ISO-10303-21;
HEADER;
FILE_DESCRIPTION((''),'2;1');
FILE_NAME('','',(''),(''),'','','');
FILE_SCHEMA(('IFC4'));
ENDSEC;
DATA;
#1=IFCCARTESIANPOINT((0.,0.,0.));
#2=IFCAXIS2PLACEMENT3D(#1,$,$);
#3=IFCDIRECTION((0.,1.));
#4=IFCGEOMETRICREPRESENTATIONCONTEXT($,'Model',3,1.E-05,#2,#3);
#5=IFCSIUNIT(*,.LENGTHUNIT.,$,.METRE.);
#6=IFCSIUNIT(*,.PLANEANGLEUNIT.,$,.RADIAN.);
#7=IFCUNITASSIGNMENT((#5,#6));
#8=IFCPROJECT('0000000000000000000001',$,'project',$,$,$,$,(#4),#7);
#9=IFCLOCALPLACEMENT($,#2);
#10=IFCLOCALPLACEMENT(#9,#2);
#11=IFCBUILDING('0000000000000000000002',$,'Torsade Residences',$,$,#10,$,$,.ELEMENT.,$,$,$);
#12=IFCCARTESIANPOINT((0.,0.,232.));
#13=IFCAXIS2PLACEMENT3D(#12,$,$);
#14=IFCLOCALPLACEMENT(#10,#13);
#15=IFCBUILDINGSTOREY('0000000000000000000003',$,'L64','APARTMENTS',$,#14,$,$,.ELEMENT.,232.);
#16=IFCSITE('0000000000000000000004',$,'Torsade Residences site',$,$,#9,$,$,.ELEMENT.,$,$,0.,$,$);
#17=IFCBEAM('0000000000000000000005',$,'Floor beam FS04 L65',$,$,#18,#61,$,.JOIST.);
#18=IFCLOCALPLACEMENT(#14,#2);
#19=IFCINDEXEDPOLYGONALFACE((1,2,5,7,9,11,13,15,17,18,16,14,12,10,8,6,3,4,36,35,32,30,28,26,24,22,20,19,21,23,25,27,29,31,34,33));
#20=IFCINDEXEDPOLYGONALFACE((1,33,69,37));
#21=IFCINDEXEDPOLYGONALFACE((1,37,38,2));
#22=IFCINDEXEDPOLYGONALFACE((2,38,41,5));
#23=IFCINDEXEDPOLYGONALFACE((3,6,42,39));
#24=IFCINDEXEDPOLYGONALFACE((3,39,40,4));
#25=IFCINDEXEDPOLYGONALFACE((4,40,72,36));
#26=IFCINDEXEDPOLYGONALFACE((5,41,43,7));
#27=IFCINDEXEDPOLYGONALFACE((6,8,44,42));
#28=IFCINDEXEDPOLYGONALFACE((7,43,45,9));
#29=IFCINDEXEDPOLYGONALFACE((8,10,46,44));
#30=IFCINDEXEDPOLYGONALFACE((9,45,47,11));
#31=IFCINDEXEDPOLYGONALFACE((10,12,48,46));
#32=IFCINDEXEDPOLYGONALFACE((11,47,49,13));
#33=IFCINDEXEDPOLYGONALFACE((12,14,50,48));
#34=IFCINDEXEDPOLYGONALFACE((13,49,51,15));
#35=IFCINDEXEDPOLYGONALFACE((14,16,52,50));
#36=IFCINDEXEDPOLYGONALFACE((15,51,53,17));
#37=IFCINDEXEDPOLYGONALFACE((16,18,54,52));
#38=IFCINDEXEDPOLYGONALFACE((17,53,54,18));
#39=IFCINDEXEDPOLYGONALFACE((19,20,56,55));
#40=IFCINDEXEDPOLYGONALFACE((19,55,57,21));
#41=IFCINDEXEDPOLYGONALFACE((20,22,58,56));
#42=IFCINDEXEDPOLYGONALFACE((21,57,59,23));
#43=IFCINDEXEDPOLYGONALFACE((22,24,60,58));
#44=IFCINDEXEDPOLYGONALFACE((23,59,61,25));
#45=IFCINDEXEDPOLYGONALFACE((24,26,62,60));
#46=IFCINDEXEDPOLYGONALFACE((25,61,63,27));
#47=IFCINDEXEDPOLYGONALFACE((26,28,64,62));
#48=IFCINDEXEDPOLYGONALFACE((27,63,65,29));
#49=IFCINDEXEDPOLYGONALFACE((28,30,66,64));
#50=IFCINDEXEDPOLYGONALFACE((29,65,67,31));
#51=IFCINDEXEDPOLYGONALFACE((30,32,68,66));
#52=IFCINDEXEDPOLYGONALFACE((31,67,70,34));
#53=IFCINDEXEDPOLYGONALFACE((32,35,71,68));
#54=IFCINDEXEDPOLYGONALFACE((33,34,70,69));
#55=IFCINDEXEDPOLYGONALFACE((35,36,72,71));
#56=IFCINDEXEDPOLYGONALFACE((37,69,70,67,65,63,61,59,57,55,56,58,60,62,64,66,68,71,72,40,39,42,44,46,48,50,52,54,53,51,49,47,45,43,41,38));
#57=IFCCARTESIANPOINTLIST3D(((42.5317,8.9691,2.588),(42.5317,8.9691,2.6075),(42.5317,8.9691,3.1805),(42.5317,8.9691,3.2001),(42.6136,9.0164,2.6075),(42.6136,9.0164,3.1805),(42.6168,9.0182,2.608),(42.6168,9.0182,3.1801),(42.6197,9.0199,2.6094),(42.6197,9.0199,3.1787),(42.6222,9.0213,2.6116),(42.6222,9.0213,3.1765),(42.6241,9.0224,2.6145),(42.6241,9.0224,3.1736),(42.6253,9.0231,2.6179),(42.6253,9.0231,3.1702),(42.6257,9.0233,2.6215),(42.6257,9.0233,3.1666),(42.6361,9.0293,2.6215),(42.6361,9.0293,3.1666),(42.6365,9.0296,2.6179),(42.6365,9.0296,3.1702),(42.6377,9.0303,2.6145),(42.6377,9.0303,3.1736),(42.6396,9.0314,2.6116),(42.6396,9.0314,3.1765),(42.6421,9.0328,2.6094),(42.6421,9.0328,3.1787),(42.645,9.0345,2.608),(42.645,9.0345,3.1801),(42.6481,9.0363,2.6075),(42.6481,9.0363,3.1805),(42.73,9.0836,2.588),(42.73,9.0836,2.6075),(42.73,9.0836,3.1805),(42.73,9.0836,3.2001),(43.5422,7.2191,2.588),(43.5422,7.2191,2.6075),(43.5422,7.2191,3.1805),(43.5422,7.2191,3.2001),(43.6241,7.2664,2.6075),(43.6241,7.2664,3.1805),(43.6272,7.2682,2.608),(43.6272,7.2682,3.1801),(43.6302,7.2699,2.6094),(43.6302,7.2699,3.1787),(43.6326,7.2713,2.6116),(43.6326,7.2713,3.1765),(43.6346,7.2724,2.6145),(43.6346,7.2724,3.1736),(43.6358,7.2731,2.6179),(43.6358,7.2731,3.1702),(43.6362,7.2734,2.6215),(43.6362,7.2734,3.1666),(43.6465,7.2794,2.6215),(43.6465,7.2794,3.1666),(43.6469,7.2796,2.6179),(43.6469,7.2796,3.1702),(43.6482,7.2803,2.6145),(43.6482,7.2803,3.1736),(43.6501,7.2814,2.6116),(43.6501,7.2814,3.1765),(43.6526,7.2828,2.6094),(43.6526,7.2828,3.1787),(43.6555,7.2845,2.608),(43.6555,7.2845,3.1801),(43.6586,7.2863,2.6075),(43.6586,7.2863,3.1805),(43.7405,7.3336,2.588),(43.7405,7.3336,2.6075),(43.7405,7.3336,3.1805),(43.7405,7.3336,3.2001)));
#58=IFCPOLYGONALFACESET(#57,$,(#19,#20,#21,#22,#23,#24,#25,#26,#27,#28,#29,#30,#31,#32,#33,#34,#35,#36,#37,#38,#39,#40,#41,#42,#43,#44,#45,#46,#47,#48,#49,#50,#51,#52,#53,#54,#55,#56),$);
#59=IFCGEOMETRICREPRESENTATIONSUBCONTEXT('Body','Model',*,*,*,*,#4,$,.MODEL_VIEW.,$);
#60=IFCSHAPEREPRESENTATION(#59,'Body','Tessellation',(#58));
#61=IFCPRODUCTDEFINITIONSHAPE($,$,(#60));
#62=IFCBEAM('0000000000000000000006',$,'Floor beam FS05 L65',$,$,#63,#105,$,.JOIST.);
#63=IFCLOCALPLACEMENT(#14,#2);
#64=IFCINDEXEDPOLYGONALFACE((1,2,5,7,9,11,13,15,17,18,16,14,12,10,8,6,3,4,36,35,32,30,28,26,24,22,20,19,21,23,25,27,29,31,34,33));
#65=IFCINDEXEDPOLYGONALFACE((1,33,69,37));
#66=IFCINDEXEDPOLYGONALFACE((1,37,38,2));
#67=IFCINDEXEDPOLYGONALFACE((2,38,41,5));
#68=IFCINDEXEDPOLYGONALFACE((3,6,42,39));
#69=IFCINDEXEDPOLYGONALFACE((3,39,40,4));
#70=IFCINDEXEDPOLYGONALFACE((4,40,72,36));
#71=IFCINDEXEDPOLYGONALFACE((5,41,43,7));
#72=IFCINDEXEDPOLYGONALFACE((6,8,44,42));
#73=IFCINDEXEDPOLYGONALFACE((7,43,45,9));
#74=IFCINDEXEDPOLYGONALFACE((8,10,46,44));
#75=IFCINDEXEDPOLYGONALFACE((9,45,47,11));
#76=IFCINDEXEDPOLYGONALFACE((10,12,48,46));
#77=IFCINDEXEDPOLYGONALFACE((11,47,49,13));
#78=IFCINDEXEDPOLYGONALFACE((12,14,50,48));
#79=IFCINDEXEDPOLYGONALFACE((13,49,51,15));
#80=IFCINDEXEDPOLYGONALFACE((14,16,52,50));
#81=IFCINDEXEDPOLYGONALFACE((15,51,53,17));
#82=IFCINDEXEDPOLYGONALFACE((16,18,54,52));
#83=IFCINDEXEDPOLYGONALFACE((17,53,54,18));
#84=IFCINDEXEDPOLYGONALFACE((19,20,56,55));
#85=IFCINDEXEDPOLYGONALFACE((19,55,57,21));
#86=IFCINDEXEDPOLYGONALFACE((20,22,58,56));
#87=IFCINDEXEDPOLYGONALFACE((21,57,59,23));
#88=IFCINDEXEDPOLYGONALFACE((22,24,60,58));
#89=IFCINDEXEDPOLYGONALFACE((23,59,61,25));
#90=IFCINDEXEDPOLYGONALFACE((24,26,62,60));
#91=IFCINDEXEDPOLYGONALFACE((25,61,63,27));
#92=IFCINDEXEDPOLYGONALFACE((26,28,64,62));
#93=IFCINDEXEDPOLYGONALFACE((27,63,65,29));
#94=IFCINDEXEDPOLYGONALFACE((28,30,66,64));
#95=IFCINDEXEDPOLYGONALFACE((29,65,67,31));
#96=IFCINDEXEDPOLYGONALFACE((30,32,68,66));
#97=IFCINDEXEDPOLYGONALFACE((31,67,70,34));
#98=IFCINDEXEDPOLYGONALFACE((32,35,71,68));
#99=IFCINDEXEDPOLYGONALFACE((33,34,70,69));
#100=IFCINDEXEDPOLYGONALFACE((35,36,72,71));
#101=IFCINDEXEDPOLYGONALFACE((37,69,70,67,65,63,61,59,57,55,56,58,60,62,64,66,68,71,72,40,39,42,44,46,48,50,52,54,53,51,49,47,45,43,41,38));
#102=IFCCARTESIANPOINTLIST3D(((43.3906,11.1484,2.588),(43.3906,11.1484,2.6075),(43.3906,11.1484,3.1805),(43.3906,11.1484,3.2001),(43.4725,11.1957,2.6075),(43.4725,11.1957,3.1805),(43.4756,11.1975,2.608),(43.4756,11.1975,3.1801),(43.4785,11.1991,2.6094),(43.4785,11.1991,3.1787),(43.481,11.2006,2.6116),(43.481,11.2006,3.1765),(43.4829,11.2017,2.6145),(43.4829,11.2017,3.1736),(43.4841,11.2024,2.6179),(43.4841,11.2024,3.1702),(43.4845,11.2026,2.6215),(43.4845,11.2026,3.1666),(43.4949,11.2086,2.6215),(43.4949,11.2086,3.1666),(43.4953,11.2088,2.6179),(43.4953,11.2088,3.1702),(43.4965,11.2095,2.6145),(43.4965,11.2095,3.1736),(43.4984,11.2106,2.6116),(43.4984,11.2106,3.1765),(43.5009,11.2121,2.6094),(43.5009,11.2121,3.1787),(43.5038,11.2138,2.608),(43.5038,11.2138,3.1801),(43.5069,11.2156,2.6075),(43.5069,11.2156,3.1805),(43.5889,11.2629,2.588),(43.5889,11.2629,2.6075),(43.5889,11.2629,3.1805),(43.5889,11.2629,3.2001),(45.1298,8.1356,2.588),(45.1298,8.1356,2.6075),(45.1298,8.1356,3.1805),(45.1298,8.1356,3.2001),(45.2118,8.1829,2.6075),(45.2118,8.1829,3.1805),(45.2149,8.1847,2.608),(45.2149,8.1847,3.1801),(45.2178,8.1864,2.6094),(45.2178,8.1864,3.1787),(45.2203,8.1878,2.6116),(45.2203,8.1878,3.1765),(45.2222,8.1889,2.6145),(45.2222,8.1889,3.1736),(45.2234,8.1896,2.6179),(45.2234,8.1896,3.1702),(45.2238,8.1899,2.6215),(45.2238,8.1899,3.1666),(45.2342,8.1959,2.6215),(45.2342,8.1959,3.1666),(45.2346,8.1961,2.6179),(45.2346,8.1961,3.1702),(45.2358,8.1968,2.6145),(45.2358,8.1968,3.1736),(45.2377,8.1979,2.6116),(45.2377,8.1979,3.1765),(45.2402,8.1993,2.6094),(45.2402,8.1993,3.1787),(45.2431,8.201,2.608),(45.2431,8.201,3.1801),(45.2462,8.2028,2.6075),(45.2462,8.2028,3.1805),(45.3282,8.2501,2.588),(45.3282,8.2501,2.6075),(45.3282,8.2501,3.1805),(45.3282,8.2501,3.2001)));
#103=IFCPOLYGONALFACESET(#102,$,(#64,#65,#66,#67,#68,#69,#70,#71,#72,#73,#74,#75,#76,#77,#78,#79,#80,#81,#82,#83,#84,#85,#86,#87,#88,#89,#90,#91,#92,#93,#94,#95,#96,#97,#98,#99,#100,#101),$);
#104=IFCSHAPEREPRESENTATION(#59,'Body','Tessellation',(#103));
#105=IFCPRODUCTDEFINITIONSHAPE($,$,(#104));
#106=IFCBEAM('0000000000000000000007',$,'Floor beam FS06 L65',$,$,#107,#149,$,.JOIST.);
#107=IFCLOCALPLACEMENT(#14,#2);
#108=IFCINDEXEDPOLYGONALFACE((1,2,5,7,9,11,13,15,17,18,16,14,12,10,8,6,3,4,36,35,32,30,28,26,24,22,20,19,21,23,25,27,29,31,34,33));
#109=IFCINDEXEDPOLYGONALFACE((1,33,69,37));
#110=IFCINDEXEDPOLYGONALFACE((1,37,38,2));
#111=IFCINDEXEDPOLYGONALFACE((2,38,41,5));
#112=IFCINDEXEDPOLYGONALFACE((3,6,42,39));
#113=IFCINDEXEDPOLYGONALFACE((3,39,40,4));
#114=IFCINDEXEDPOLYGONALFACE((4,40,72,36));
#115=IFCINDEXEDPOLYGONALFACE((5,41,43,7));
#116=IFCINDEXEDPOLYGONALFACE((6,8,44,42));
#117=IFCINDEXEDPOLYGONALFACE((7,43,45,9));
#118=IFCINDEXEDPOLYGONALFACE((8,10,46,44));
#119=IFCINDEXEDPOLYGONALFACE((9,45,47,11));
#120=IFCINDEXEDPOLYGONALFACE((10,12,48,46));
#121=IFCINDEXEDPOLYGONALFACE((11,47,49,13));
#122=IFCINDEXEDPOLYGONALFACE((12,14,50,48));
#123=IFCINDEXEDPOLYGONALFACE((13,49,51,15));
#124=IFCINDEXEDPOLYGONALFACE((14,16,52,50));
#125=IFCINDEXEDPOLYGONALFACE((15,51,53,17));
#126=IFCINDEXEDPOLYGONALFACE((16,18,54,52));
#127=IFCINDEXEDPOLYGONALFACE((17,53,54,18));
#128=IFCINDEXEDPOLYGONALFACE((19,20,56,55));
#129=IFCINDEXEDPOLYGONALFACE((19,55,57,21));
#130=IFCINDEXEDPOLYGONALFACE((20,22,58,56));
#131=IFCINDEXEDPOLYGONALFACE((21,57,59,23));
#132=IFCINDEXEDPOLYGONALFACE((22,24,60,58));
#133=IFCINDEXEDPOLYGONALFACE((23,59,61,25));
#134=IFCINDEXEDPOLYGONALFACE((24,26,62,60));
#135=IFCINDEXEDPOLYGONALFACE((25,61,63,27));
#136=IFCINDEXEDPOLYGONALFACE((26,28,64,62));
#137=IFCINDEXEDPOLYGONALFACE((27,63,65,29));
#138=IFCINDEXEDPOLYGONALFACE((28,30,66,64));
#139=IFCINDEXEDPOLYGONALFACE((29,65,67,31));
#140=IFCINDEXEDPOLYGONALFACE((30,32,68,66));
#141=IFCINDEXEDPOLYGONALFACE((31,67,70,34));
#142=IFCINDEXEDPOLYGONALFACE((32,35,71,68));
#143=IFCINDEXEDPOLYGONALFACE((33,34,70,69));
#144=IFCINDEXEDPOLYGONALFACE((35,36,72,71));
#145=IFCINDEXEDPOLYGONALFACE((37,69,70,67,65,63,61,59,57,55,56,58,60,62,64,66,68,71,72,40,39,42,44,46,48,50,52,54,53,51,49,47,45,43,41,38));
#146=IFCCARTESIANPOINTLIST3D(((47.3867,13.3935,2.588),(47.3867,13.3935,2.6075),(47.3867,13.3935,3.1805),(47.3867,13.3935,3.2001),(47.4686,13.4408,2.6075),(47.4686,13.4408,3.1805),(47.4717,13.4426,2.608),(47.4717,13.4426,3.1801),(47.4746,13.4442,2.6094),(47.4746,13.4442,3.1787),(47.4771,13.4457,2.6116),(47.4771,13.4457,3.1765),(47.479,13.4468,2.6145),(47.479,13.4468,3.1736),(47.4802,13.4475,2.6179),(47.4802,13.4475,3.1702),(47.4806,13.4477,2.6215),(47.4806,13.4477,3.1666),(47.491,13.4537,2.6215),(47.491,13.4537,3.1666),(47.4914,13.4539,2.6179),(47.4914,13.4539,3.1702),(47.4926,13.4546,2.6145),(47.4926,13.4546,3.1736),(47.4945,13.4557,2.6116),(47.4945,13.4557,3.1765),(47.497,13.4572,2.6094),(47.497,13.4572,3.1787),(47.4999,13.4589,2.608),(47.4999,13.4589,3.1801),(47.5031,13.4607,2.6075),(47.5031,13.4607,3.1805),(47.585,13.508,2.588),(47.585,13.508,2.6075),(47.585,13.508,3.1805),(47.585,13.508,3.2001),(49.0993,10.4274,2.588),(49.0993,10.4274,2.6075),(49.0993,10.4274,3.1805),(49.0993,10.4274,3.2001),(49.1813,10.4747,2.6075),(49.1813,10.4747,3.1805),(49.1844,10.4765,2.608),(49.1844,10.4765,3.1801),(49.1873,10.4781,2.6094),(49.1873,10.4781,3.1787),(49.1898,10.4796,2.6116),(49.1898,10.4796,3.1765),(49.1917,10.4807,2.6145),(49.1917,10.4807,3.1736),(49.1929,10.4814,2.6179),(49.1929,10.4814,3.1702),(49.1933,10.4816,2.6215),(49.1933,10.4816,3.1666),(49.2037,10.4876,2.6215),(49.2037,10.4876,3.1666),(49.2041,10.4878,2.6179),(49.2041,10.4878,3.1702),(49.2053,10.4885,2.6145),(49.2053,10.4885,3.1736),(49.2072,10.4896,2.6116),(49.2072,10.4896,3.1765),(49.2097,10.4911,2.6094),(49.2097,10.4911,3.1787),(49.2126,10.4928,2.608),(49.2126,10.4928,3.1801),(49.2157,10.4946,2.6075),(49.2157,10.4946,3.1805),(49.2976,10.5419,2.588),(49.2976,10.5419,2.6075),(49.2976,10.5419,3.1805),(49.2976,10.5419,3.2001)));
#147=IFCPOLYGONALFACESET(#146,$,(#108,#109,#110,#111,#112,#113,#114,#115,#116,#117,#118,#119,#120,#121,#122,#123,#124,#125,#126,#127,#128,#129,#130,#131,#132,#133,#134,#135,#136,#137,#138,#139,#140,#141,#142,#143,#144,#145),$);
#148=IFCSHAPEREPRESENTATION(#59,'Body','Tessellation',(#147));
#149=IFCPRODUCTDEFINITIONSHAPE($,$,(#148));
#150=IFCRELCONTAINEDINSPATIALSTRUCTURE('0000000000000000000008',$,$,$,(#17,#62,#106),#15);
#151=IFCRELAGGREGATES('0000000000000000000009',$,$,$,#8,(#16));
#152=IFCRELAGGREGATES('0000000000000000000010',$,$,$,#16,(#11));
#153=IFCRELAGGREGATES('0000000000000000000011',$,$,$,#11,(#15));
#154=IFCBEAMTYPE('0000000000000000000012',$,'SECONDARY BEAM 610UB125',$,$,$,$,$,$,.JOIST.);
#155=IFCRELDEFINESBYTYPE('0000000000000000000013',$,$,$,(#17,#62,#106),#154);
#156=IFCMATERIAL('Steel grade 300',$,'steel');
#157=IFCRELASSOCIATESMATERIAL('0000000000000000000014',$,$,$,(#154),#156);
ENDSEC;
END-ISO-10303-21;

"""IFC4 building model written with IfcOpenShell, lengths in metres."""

from ifc_helpers import new_model, si_unit, direction, frame, origin, origin_2d, place, context, subcontext, project, spatial, i_section, extrude, material, material_profile, profile_set, type_object, element, save


model = new_model("IFC4")

# Units and contexts
model_context = context("Model", 3, precision=1e-05, world=origin(), true_north=direction((0.0, 1.0)))
body_context = subcontext(model_context, "Body", "Model", "MODEL_VIEW")
ifc_project = project(units=[si_unit("LENGTHUNIT", "METRE"), si_unit("PLANEANGLEUNIT", "RADIAN")], contexts=[model_context])

# Site, building, storey
site_placement = place(None, origin())
site = spatial("IfcSite", under=ifc_project, at=site_placement, Name="Torsade Residences site", CompositionType="ELEMENT", RefElevation=0.0)
building_placement = place(site_placement, origin())
building = spatial("IfcBuilding", under=site, at=building_placement, Name="Torsade Residences", CompositionType="ELEMENT")
storey_placement = place(building_placement, frame((0.0, 0.0, 232.0)))
storey = spatial("IfcBuildingStorey", under=building, at=storey_placement, Name="L64", Description="APARTMENTS", CompositionType="ELEMENT", Elevation=232.0)

# Beams
ifc_material_1 = material(Name="Steel grade 300", Category="steel")
ifc_material_profile_1 = material_profile(ifc_material_1, i_section(OverallWidth=0.229, OverallDepth=0.6121, WebThickness=0.012, FlangeThickness=0.0195, FilletRadius=0.0139, at=origin_2d()), Name="610UB125")
ifc_profile_set_1 = profile_set([ifc_material_profile_1], Name="Steel grade 300")
beam_type_1 = type_object("IfcBeamType", Name="SECONDARY BEAM 610UB125", PredefinedType="JOIST", material=ifc_profile_set_1)
beam_1_placement = place(storey_placement, frame((43.6414, 7.2764, 2.894), z_axis=(-0.50005, 0.865996, 0.0), x_axis=(-0.865996, -0.50005, 0.0)))
element("IfcBeam", 1, at=beam_1_placement, inside=storey, type_object=beam_type_1, Name="Floor beam FS04 L65", PredefinedType="JOIST", context=body_context, shape_type="SweptSolid", body=[
    extrude(i_section(OverallWidth=0.229, OverallDepth=0.6121, WebThickness=0.012, FlangeThickness=0.0195, FilletRadius=0.0139, at=origin_2d()), origin(), (0.0, 0.0, 1.0), 2.0208),
])
beam_2_placement = place(storey_placement, frame((45.229, 8.1929, 2.894), z_axis=(-0.499974, 0.866041, 0.0), x_axis=(-0.866041, -0.499974, 0.0)))
element("IfcBeam", 2, at=beam_2_placement, inside=storey, type_object=beam_type_1, Name="Floor beam FS05 L65", PredefinedType="JOIST", context=body_context, shape_type="SweptSolid", body=[
    extrude(i_section(OverallWidth=0.229, OverallDepth=0.6121, WebThickness=0.012, FlangeThickness=0.0195, FilletRadius=0.0139, at=origin_2d()), origin(), (0.0, 0.0, 1.0), 3.4788),
])
beam_3_placement = place(storey_placement, frame((49.1985, 10.4846, 2.894), z_axis=(-0.500041, 0.866002, 0.0), x_axis=(-0.866002, -0.500041, 0.0)))
element("IfcBeam", 3, at=beam_3_placement, inside=storey, type_object=beam_type_1, Name="Floor beam FS06 L65", PredefinedType="JOIST", context=body_context, shape_type="SweptSolid", body=[
    extrude(i_section(OverallWidth=0.229, OverallDepth=0.6121, WebThickness=0.012, FlangeThickness=0.0195, FilletRadius=0.0139, at=origin_2d()), origin(), (0.0, 0.0, 1.0), 3.425),
])

save(model, "model.ifc")
